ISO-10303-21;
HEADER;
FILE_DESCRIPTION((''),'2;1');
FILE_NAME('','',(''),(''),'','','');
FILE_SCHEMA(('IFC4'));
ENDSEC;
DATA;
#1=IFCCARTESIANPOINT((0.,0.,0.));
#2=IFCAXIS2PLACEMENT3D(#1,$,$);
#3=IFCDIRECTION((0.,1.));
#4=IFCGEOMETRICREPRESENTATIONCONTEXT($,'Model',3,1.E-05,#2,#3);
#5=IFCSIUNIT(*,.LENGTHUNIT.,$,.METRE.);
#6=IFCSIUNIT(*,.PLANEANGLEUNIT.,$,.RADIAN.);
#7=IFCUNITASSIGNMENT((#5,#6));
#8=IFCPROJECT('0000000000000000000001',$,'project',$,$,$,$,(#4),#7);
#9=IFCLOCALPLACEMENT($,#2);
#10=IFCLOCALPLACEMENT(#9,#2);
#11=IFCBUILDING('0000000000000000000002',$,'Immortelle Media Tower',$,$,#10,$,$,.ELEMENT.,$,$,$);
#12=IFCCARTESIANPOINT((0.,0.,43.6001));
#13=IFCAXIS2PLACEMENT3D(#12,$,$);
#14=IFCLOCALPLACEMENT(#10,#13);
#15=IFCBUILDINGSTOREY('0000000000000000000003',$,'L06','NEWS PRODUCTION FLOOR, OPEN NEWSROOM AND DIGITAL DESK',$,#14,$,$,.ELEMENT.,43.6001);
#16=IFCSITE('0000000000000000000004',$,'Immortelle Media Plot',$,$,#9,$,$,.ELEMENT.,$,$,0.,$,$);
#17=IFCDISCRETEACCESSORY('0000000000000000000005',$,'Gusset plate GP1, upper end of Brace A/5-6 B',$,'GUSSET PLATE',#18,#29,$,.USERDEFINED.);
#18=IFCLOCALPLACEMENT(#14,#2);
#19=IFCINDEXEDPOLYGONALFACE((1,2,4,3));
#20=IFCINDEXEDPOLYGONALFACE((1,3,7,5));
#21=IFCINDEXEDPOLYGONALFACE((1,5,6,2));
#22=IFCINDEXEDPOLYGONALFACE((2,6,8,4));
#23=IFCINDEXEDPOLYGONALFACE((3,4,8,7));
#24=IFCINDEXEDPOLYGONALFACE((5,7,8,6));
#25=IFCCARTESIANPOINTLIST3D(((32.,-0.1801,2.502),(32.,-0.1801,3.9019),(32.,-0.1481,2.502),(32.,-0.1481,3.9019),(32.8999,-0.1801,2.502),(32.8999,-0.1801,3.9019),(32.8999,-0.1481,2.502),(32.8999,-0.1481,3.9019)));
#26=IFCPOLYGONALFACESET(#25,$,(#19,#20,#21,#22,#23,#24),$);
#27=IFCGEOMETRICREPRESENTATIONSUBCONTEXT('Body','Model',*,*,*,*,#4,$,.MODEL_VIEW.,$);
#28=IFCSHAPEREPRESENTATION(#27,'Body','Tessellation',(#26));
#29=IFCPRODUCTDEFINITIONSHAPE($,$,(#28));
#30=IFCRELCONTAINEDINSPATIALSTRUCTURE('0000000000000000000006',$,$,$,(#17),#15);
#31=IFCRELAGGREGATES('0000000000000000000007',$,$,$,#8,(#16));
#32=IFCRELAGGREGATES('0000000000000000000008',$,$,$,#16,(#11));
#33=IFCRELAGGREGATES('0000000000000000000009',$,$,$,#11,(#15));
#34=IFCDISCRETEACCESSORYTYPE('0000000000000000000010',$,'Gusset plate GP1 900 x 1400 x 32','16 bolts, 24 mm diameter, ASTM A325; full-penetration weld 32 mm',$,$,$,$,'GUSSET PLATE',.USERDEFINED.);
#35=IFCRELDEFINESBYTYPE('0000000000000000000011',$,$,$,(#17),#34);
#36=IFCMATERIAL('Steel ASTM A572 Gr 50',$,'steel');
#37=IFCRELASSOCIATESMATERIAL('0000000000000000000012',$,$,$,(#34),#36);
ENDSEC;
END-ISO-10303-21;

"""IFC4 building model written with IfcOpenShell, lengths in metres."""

from ifc_helpers import new_model, si_unit, direction, frame, origin, origin_2d, place, context, subcontext, project, spatial, rectangle, extrude, material, material_profile, profile_set, type_object, element, save


model = new_model("IFC4")

# Units and contexts
model_context = context("Model", 3, precision=1e-05, world=origin(), true_north=direction((0.0, 1.0)))
body_context = subcontext(model_context, "Body", "Model", "MODEL_VIEW")
ifc_project = project(units=[si_unit("LENGTHUNIT", "METRE"), si_unit("PLANEANGLEUNIT", "RADIAN")], contexts=[model_context])

# Site, building, storey
site_placement = place(None, origin())
site = spatial("IfcSite", under=ifc_project, at=site_placement, Name="Immortelle Media Plot", CompositionType="ELEMENT", RefElevation=0.0)
building_placement = place(site_placement, origin())
building = spatial("IfcBuilding", under=site, at=building_placement, Name="Immortelle Media Tower", CompositionType="ELEMENT")
storey_placement = place(building_placement, frame((0.0, 0.0, 43.6001)))
storey = spatial("IfcBuildingStorey", under=building, at=storey_placement, Name="L06", Description="NEWS PRODUCTION FLOOR, OPEN NEWSROOM AND DIGITAL DESK", CompositionType="ELEMENT", Elevation=43.6001)

# Discrete accessory
ifc_material_1 = material(Name="Steel ASTM A572 Gr 50", Category="steel")
ifc_material_profile_1 = material_profile(ifc_material_1, rectangle(XDim=0.032, YDim=1.3999, at=origin_2d()), Name="PL 32 x 1400")
ifc_profile_set_1 = profile_set([ifc_material_profile_1], Name="Steel ASTM A572 Gr 50")
discrete_accessory_type = type_object("IfcDiscreteAccessoryType", Name="Gusset plate GP1 900 x 1400 x 32", Description="16 bolts, 24 mm diameter, ASTM A325; full-penetration weld 32 mm", ElementType="GUSSET PLATE", PredefinedType="USERDEFINED", material=ifc_profile_set_1)
for number, where, z_axis, x_axis, name in (
    (1, (32.0, -0.1641, 3.2019), (1.0, 0.0, 0.0), (0.0, 1.0, 0.0), "Gusset plate GP1, upper end of Brace A/5-6 B"),
):
    element("IfcDiscreteAccessory", number, at=place(storey_placement, frame(where, z_axis=z_axis, x_axis=x_axis)), inside=storey, type_object=discrete_accessory_type, Name=name, ObjectType="GUSSET PLATE", PredefinedType="USERDEFINED", context=body_context, shape_type="SweptSolid", body=[
        extrude(rectangle(XDim=0.032, YDim=1.3999, at=origin_2d()), origin(), (0.0, 0.0, 1.0), 0.8999),
    ])

save(model, "model.ifc")
